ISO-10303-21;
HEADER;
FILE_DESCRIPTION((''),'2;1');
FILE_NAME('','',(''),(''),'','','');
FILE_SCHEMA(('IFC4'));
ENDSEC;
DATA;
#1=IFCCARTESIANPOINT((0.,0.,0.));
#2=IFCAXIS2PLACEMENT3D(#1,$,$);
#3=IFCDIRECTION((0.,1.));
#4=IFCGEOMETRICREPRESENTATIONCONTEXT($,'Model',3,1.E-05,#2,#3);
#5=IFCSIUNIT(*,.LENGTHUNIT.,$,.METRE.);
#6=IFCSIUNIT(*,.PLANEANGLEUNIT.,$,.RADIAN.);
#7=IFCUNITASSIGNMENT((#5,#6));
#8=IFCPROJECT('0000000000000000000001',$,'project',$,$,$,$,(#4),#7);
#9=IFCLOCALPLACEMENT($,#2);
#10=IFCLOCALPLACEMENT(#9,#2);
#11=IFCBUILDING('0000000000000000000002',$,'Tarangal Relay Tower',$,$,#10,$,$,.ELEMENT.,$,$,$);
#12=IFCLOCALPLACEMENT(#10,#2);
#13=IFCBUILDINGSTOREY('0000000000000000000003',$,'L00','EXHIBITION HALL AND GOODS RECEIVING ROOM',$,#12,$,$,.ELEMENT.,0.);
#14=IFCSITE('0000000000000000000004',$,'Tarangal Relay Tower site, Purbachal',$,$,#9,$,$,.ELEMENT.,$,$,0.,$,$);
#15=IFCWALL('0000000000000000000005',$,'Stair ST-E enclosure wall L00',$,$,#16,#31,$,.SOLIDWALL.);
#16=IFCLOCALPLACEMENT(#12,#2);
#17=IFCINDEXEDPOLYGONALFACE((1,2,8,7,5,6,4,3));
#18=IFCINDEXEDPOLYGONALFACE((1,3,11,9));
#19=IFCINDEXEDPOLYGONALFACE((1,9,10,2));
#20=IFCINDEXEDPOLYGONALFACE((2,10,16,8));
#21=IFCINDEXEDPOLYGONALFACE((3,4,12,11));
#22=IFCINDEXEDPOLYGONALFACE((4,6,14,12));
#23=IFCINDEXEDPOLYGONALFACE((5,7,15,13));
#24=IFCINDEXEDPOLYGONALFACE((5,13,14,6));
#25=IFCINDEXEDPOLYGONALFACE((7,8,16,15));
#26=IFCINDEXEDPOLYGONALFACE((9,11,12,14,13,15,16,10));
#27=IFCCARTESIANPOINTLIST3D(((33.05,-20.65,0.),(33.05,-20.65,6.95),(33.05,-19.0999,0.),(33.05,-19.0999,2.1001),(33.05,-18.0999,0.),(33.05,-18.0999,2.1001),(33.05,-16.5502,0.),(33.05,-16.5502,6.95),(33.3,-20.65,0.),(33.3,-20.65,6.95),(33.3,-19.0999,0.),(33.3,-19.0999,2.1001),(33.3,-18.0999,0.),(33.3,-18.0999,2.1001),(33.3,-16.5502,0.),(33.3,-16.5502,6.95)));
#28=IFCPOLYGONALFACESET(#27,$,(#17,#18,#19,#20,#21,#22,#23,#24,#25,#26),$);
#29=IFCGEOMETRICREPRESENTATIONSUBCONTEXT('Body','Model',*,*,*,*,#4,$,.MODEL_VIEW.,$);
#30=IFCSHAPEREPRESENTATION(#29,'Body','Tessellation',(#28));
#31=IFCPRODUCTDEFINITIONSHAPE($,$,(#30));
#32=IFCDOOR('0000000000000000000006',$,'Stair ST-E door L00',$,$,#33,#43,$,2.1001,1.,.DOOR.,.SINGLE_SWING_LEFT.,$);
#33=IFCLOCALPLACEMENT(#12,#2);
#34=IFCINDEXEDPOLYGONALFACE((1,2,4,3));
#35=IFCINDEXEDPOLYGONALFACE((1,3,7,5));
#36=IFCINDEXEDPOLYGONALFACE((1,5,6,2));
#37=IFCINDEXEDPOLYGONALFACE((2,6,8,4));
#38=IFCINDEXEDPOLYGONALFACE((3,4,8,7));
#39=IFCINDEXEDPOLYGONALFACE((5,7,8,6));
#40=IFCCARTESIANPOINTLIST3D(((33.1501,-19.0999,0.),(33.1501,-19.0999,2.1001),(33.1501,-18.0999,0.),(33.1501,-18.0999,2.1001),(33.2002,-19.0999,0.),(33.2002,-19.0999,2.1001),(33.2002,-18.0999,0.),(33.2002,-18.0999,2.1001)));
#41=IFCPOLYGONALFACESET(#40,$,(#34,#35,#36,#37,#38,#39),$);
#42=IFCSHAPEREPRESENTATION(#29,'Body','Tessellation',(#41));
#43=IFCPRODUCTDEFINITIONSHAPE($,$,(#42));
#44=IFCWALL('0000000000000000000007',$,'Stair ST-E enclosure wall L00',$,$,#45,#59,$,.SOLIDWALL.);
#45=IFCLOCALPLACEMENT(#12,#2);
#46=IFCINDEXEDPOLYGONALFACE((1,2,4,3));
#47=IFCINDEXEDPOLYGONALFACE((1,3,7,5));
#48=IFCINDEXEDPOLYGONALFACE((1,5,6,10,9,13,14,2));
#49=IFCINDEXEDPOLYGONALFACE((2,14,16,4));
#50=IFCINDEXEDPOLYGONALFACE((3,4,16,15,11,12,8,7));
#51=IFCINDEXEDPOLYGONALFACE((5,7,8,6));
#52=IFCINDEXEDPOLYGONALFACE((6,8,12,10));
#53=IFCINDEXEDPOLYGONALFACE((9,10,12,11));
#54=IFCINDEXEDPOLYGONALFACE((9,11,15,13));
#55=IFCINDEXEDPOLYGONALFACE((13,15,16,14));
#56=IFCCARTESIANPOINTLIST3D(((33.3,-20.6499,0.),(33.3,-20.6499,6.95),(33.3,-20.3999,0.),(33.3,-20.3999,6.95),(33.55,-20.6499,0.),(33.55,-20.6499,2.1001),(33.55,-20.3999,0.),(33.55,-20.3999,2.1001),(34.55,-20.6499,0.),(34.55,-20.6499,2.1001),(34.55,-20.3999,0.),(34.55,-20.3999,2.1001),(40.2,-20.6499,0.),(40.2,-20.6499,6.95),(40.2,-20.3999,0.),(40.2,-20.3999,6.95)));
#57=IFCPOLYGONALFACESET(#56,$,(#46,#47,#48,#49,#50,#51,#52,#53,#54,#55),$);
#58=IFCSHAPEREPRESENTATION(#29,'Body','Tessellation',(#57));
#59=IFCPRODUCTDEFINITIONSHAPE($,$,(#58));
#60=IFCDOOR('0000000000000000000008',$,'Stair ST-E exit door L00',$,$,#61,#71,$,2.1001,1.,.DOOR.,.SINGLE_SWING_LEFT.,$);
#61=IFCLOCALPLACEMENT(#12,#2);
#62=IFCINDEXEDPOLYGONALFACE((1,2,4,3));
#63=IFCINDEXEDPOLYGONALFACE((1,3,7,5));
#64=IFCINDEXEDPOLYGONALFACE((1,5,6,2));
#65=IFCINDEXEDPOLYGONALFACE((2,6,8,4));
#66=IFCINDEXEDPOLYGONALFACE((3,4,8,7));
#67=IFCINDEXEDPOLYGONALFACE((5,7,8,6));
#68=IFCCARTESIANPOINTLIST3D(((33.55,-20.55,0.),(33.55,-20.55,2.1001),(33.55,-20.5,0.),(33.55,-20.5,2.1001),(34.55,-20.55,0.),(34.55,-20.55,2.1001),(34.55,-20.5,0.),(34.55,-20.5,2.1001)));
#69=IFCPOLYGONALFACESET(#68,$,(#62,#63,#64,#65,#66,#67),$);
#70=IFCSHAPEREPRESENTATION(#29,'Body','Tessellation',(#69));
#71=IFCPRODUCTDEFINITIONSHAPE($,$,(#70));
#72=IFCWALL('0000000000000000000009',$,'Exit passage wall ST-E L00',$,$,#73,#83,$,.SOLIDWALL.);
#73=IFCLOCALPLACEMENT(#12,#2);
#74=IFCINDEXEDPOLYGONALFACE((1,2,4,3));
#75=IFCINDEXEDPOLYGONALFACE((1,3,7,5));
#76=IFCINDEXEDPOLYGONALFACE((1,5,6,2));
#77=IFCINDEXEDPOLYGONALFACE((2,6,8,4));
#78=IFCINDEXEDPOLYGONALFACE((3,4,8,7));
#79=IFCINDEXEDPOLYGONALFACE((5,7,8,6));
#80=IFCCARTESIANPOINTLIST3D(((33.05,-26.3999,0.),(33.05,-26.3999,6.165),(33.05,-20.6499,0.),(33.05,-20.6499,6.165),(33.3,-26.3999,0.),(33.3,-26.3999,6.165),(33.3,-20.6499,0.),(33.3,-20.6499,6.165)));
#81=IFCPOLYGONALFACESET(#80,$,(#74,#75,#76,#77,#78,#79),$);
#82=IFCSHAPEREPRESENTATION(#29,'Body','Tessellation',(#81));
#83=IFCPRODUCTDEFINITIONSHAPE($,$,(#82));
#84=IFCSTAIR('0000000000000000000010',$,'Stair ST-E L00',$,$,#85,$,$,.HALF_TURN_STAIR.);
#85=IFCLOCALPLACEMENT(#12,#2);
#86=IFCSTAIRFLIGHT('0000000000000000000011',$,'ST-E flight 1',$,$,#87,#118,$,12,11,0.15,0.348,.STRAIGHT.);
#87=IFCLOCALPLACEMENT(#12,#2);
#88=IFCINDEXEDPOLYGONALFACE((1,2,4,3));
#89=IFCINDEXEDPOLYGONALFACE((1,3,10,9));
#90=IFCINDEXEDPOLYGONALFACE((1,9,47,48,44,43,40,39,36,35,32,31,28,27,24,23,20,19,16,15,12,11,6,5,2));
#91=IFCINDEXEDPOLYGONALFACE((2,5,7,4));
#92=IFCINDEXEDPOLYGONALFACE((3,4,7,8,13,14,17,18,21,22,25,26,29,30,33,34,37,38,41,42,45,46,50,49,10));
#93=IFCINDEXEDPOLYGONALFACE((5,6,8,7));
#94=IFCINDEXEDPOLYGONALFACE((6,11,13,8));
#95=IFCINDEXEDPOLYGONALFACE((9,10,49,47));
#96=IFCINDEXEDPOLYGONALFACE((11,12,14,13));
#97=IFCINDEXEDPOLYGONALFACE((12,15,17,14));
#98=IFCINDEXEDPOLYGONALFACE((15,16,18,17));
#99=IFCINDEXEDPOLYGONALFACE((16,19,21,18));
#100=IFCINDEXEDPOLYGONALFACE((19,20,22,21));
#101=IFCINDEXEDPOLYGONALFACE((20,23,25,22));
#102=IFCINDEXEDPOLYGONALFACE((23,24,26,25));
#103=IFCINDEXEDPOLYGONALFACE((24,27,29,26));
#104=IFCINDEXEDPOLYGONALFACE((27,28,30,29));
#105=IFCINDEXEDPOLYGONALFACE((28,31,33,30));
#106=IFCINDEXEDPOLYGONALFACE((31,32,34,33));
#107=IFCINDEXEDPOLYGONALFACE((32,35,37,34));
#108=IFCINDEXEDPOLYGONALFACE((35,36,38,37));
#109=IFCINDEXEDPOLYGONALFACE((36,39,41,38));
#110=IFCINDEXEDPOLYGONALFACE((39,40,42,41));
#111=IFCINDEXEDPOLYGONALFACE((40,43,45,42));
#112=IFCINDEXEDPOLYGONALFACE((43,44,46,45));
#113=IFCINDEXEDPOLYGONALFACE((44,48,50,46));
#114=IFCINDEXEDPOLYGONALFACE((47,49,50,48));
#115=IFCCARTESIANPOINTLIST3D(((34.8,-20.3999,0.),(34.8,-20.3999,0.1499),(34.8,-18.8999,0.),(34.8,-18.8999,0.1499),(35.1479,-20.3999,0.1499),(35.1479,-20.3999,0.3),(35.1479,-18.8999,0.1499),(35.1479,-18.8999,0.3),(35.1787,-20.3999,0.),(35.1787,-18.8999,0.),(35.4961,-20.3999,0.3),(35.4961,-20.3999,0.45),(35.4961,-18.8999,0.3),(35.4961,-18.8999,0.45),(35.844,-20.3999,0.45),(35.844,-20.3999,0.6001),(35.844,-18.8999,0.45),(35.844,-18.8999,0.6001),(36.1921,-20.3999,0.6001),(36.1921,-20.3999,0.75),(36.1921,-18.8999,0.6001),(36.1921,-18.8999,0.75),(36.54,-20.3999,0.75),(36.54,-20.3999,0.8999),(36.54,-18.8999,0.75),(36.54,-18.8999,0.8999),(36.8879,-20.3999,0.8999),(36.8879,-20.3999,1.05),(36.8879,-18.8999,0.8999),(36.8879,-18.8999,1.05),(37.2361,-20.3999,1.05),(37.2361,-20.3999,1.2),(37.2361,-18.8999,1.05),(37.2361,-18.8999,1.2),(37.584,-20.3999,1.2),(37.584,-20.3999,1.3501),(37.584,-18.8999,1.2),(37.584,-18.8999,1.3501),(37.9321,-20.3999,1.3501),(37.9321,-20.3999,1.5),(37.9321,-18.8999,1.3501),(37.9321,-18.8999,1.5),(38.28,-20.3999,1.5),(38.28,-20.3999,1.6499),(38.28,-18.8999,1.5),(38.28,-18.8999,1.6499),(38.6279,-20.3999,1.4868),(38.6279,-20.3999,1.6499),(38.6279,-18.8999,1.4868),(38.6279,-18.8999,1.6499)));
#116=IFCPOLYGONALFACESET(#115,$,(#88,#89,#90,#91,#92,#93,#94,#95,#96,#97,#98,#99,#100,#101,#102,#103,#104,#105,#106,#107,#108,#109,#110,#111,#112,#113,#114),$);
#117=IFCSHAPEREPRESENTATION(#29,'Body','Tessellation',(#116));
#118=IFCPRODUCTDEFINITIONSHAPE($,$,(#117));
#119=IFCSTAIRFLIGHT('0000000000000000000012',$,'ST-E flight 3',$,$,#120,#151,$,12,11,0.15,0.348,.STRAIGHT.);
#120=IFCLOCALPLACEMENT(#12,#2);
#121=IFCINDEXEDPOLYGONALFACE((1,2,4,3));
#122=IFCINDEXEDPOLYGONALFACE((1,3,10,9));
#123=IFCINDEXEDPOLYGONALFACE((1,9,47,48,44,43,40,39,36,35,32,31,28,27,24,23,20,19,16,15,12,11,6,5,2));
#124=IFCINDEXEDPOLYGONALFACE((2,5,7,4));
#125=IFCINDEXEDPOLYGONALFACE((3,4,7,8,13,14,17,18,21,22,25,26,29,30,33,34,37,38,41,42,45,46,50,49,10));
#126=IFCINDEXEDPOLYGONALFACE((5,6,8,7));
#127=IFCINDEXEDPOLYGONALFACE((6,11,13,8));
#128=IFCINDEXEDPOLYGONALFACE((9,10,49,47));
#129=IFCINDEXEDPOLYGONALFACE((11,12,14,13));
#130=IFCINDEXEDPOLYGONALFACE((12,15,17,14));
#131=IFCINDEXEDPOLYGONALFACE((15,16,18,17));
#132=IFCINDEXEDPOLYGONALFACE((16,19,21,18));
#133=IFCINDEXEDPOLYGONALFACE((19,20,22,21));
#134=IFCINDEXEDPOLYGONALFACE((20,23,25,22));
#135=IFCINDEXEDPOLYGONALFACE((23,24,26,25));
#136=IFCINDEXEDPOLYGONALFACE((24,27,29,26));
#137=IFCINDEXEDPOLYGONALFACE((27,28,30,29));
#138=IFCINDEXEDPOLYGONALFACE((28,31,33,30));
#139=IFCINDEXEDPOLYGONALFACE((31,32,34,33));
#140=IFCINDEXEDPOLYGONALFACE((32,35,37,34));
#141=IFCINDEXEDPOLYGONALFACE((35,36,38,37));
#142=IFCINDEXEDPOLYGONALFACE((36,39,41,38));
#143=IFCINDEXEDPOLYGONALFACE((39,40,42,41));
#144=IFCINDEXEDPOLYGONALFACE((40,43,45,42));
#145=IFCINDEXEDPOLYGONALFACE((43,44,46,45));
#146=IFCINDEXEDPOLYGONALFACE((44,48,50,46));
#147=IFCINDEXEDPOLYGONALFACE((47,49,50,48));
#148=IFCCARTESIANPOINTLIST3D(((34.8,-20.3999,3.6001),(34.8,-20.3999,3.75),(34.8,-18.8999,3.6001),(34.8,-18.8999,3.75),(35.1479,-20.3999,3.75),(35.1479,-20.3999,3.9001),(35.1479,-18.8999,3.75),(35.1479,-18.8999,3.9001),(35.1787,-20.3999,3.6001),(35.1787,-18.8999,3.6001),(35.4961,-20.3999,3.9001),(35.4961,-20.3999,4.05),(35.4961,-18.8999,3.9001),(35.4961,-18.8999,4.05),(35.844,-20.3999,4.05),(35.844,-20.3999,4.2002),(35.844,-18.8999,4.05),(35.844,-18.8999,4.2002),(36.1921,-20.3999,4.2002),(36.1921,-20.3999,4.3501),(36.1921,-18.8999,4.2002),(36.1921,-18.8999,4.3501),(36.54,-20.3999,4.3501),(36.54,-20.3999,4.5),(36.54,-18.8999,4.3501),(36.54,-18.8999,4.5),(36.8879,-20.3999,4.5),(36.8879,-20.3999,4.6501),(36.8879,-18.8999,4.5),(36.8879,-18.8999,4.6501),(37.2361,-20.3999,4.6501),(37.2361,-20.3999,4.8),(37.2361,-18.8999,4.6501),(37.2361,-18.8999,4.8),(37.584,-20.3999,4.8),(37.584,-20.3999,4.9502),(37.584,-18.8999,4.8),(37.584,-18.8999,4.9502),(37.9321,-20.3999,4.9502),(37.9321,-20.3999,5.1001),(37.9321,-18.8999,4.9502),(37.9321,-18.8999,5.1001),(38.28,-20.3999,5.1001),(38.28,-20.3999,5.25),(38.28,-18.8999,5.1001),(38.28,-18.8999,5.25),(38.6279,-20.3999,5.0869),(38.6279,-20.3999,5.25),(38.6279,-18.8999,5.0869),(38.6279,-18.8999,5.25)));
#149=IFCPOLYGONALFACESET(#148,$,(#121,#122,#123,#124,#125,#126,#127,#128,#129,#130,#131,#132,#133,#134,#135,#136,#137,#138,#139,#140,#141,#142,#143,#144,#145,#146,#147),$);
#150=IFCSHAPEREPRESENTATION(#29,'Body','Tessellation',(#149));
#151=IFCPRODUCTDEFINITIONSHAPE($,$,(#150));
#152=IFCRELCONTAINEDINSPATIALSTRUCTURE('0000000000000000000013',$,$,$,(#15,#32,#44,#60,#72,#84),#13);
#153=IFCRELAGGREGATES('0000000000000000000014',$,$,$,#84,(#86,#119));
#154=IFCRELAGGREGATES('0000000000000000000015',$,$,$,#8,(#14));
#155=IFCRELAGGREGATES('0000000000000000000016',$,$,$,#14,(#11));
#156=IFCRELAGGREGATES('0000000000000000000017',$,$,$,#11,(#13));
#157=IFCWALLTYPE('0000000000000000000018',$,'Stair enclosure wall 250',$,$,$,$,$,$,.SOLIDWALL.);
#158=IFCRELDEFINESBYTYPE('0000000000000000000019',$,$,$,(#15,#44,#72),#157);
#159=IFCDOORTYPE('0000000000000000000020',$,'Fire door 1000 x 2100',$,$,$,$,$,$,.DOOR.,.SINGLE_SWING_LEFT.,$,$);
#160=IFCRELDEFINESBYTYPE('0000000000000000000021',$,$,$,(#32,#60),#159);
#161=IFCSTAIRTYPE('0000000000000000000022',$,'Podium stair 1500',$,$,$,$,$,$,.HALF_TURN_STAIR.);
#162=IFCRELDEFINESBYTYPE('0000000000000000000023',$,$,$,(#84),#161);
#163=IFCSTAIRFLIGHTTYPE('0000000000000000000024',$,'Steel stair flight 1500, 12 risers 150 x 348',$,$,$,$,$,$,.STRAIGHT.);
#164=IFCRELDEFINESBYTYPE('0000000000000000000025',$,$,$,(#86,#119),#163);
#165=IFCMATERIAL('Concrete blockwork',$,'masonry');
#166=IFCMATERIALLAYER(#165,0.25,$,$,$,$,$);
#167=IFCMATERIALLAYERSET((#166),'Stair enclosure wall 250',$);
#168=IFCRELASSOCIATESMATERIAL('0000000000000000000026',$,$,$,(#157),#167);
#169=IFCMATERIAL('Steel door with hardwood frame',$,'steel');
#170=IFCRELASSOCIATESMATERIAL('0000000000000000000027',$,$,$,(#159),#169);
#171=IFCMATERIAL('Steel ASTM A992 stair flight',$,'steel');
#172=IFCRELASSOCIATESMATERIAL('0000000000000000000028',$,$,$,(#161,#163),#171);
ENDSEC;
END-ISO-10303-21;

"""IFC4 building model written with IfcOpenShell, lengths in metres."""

from ifc_helpers import new_model, si_unit, direction, frame, frame_2d, origin, place, context, subcontext, project, spatial, polyline, rectangle, outline, extrude, material, layer, layer_set, type_object, element, fill, aggregate, save


model = new_model("IFC4")

# Units and contexts
model_context = context("Model", 3, precision=1e-05, world=origin(), true_north=direction((0.0, 1.0)))
body_context = subcontext(model_context, "Body", "Model", "MODEL_VIEW")
ifc_project = project(units=[si_unit("LENGTHUNIT", "METRE"), si_unit("PLANEANGLEUNIT", "RADIAN")], contexts=[model_context])

# Site, building, storey
site_placement = place(None, origin())
site = spatial("IfcSite", under=ifc_project, at=site_placement, Name="Tarangal Relay Tower site, Purbachal", CompositionType="ELEMENT", RefElevation=0.0)
building_placement = place(site_placement, origin())
building = spatial("IfcBuilding", under=site, at=building_placement, Name="Tarangal Relay Tower", CompositionType="ELEMENT")
storey_placement = place(building_placement, origin())
storey = spatial("IfcBuildingStorey", under=building, at=storey_placement, Name="L00", Description="EXHIBITION HALL AND GOODS RECEIVING ROOM", CompositionType="ELEMENT", Elevation=0.0)

# Walls, openings, doors
ifc_material_1 = material(Name="Steel door with hardwood frame", Category="steel")
ifc_material_2 = material(Name="Concrete blockwork", Category="masonry")
ifc_layer_1 = layer(ifc_material_2, 0.25)
ifc_layer_set_1 = layer_set([ifc_layer_1], Name="Stair enclosure wall 250")
wall_type_1 = type_object("IfcWallType", Name="Stair enclosure wall 250", PredefinedType="SOLIDWALL", material=ifc_layer_set_1)
wall_1_placement = place(storey_placement, frame((33.175, -20.6499, 0.0), z_axis=(0.0, 0.0, 1.0), x_axis=(0.0, 1.0, 0.0)))
wall_1 = element("IfcWall", 1, at=wall_1_placement, inside=storey, type_object=wall_type_1, Name="Stair ST-E enclosure wall L00", PredefinedType="SOLIDWALL", context=body_context, shape_type="SweptSolid", body=[
    extrude(rectangle(XDim=4.0999, YDim=0.25, at=frame_2d((2.0498, 0.0))), origin(), (0.0, 0.0, 1.0), 6.95),
])
opening_1_placement = place(wall_1_placement, frame((1.55, 0.0, 0.0)))
opening_1 = element("IfcOpeningElement", 2, at=opening_1_placement, cuts=wall_1, PredefinedType="OPENING", context=body_context, shape_type="SweptSolid", body=[
    extrude(rectangle(XDim=1.0, YDim=2.1001, at=frame_2d((0.5, 1.05))), frame((0.0, 0.135, 0.0), z_axis=(0.0, -1.0, 0.0), x_axis=(1.0, 0.0, 0.0)), (0.0, 0.0, 1.0), 0.27),
])
door_type_1 = type_object("IfcDoorType", Name="Fire door 1000 x 2100", OperationType="SINGLE_SWING_LEFT", PredefinedType="DOOR", material=ifc_material_1)
door_1_placement = place(opening_1_placement, origin())
door_1 = element("IfcDoor", 3, at=door_1_placement, inside=storey, type_object=door_type_1, Name="Stair ST-E door L00", OperationType="SINGLE_SWING_LEFT", OverallHeight=2.1001, OverallWidth=1.0, PredefinedType="DOOR", context=body_context, shape_type="SweptSolid", body=[
    extrude(rectangle(XDim=1.0, YDim=2.1001, at=frame_2d((0.5, 1.05))), frame((0.0, 0.0249, 0.0), z_axis=(0.0, -1.0, 0.0), x_axis=(1.0, 0.0, 0.0)), (0.0, 0.0, 1.0), 0.05),
])
fill(opening_1, door_1)
wall_2_placement = place(storey_placement, frame((33.3, -20.5249, 0.0), z_axis=(0.0, 0.0, 1.0), x_axis=(1.0, 0.0, 0.0)))
wall_2 = element("IfcWall", 4, at=wall_2_placement, inside=storey, type_object=wall_type_1, Name="Stair ST-E enclosure wall L00", PredefinedType="SOLIDWALL", context=body_context, shape_type="SweptSolid", body=[
    extrude(rectangle(XDim=6.8999, YDim=0.25, at=frame_2d((3.45, 0.0))), origin(), (0.0, 0.0, 1.0), 6.95),
])
opening_2_placement = place(wall_2_placement, frame((0.25, 0.0, 0.0)))
opening_2 = element("IfcOpeningElement", 5, at=opening_2_placement, cuts=wall_2, PredefinedType="OPENING", context=body_context, shape_type="SweptSolid", body=[
    extrude(rectangle(XDim=1.0, YDim=2.1001, at=frame_2d((0.5, 1.05))), frame((0.0, 0.135, 0.0), z_axis=(0.0, -1.0, 0.0), x_axis=(1.0, 0.0, 0.0)), (0.0, 0.0, 1.0), 0.27),
])
door_2_placement = place(opening_2_placement, origin())
door_2 = element("IfcDoor", 6, at=door_2_placement, inside=storey, type_object=door_type_1, Name="Stair ST-E exit door L00", OperationType="SINGLE_SWING_LEFT", OverallHeight=2.1001, OverallWidth=1.0, PredefinedType="DOOR", context=body_context, shape_type="SweptSolid", body=[
    extrude(rectangle(XDim=1.0, YDim=2.1001, at=frame_2d((0.5, 1.05))), frame((0.0, 0.0249, 0.0), z_axis=(0.0, -1.0, 0.0), x_axis=(1.0, 0.0, 0.0)), (0.0, 0.0, 1.0), 0.05),
])
fill(opening_2, door_2)

# Wall
wall_3_placement = place(storey_placement, frame((33.175, -20.6499, 0.0), z_axis=(0.0, 0.0, 1.0), x_axis=(0.0, -1.0, 0.0)))
element("IfcWall", 7, at=wall_3_placement, inside=storey, type_object=wall_type_1, Name="Exit passage wall ST-E L00", PredefinedType="SOLIDWALL", context=body_context, shape_type="SweptSolid", body=[
    extrude(rectangle(XDim=5.75, YDim=0.25, at=frame_2d((2.875, 0.0))), origin(), (0.0, 0.0, 1.0), 6.165),
])

# Stair, stair flights
ifc_material_3 = material(Name="Steel ASTM A992 stair flight", Category="steel")
stair_type = type_object("IfcStairType", Name="Podium stair 1500", PredefinedType="HALF_TURN_STAIR", material=ifc_material_3)
stair_placement = place(storey_placement, origin())
stair = element("IfcStair", 8, at=stair_placement, inside=storey, type_object=stair_type, Name="Stair ST-E L00", PredefinedType="HALF_TURN_STAIR")
stair_flight_type = type_object("IfcStairFlightType", Name="Steel stair flight 1500, 12 risers 150 x 348", PredefinedType="STRAIGHT", material=ifc_material_3)
stair_flight_1_placement = place(storey_placement, frame((34.8, -19.6499, 0.0), z_axis=(0.0, 0.0, 1.0), x_axis=(1.0, 0.0, 0.0)))
stair_flight_1 = element("IfcStairFlight", 9, at=stair_flight_1_placement, type_object=stair_flight_type, Name="ST-E flight 1", NumberOfRisers=12, NumberOfTreads=11, PredefinedType="STRAIGHT", RiserHeight=0.15, TreadLength=0.348, context=body_context, shape_type="SweptSolid", body=[
    extrude(outline(polyline([(0.0, 0.0), (0.0, 0.1499), (0.3479, 0.1499), (0.3479, 0.3), (0.696, 0.3), (0.696, 0.45), (1.0439, 0.45), (1.0439, 0.6001), (1.3921, 0.6001), (1.3921, 0.75), (1.74, 0.75), (1.74, 0.8999), (2.0879, 0.8999), (2.0879, 1.05), (2.436, 1.05), (2.436, 1.2), (2.7839, 1.2), (2.7839, 1.3501), (3.1321, 1.3501), (3.1321, 1.5), (3.48, 1.5), (3.48, 1.6499), (3.8279, 1.6499), (3.8279, 1.8), (3.8279, 1.4868), (0.3787, 0.0), (0.0, 0.0)])), frame((0.0, 0.75, 0.0), z_axis=(0.0, -1.0, 0.0), x_axis=(1.0, 0.0, 0.0)), (0.0, 0.0, 1.0), 1.5),
])
stair_flight_2_placement = place(storey_placement, frame((34.8, -19.6499, 3.6001), z_axis=(0.0, 0.0, 1.0), x_axis=(1.0, 0.0, 0.0)))
stair_flight_2 = element("IfcStairFlight", 10, at=stair_flight_2_placement, type_object=stair_flight_type, Name="ST-E flight 3", NumberOfRisers=12, NumberOfTreads=11, PredefinedType="STRAIGHT", RiserHeight=0.15, TreadLength=0.348, context=body_context, shape_type="SweptSolid", body=[
    extrude(outline(polyline([(0.0, 0.0), (0.0, 0.1499), (0.3479, 0.1499), (0.3479, 0.3), (0.696, 0.3), (0.696, 0.45), (1.0439, 0.45), (1.0439, 0.6001), (1.3921, 0.6001), (1.3921, 0.75), (1.74, 0.75), (1.74, 0.8999), (2.0879, 0.8999), (2.0879, 1.05), (2.436, 1.05), (2.436, 1.2), (2.7839, 1.2), (2.7839, 1.3501), (3.1321, 1.3501), (3.1321, 1.5), (3.48, 1.5), (3.48, 1.6499), (3.8279, 1.6499), (3.8279, 1.8), (3.8279, 1.4868), (0.3787, 0.0), (0.0, 0.0)])), frame((0.0, 0.75, 0.0), z_axis=(0.0, -1.0, 0.0), x_axis=(1.0, 0.0, 0.0)), (0.0, 0.0, 1.0), 1.5),
])
aggregate(stair, [stair_flight_1, stair_flight_2])

save(model, "model.ifc")
